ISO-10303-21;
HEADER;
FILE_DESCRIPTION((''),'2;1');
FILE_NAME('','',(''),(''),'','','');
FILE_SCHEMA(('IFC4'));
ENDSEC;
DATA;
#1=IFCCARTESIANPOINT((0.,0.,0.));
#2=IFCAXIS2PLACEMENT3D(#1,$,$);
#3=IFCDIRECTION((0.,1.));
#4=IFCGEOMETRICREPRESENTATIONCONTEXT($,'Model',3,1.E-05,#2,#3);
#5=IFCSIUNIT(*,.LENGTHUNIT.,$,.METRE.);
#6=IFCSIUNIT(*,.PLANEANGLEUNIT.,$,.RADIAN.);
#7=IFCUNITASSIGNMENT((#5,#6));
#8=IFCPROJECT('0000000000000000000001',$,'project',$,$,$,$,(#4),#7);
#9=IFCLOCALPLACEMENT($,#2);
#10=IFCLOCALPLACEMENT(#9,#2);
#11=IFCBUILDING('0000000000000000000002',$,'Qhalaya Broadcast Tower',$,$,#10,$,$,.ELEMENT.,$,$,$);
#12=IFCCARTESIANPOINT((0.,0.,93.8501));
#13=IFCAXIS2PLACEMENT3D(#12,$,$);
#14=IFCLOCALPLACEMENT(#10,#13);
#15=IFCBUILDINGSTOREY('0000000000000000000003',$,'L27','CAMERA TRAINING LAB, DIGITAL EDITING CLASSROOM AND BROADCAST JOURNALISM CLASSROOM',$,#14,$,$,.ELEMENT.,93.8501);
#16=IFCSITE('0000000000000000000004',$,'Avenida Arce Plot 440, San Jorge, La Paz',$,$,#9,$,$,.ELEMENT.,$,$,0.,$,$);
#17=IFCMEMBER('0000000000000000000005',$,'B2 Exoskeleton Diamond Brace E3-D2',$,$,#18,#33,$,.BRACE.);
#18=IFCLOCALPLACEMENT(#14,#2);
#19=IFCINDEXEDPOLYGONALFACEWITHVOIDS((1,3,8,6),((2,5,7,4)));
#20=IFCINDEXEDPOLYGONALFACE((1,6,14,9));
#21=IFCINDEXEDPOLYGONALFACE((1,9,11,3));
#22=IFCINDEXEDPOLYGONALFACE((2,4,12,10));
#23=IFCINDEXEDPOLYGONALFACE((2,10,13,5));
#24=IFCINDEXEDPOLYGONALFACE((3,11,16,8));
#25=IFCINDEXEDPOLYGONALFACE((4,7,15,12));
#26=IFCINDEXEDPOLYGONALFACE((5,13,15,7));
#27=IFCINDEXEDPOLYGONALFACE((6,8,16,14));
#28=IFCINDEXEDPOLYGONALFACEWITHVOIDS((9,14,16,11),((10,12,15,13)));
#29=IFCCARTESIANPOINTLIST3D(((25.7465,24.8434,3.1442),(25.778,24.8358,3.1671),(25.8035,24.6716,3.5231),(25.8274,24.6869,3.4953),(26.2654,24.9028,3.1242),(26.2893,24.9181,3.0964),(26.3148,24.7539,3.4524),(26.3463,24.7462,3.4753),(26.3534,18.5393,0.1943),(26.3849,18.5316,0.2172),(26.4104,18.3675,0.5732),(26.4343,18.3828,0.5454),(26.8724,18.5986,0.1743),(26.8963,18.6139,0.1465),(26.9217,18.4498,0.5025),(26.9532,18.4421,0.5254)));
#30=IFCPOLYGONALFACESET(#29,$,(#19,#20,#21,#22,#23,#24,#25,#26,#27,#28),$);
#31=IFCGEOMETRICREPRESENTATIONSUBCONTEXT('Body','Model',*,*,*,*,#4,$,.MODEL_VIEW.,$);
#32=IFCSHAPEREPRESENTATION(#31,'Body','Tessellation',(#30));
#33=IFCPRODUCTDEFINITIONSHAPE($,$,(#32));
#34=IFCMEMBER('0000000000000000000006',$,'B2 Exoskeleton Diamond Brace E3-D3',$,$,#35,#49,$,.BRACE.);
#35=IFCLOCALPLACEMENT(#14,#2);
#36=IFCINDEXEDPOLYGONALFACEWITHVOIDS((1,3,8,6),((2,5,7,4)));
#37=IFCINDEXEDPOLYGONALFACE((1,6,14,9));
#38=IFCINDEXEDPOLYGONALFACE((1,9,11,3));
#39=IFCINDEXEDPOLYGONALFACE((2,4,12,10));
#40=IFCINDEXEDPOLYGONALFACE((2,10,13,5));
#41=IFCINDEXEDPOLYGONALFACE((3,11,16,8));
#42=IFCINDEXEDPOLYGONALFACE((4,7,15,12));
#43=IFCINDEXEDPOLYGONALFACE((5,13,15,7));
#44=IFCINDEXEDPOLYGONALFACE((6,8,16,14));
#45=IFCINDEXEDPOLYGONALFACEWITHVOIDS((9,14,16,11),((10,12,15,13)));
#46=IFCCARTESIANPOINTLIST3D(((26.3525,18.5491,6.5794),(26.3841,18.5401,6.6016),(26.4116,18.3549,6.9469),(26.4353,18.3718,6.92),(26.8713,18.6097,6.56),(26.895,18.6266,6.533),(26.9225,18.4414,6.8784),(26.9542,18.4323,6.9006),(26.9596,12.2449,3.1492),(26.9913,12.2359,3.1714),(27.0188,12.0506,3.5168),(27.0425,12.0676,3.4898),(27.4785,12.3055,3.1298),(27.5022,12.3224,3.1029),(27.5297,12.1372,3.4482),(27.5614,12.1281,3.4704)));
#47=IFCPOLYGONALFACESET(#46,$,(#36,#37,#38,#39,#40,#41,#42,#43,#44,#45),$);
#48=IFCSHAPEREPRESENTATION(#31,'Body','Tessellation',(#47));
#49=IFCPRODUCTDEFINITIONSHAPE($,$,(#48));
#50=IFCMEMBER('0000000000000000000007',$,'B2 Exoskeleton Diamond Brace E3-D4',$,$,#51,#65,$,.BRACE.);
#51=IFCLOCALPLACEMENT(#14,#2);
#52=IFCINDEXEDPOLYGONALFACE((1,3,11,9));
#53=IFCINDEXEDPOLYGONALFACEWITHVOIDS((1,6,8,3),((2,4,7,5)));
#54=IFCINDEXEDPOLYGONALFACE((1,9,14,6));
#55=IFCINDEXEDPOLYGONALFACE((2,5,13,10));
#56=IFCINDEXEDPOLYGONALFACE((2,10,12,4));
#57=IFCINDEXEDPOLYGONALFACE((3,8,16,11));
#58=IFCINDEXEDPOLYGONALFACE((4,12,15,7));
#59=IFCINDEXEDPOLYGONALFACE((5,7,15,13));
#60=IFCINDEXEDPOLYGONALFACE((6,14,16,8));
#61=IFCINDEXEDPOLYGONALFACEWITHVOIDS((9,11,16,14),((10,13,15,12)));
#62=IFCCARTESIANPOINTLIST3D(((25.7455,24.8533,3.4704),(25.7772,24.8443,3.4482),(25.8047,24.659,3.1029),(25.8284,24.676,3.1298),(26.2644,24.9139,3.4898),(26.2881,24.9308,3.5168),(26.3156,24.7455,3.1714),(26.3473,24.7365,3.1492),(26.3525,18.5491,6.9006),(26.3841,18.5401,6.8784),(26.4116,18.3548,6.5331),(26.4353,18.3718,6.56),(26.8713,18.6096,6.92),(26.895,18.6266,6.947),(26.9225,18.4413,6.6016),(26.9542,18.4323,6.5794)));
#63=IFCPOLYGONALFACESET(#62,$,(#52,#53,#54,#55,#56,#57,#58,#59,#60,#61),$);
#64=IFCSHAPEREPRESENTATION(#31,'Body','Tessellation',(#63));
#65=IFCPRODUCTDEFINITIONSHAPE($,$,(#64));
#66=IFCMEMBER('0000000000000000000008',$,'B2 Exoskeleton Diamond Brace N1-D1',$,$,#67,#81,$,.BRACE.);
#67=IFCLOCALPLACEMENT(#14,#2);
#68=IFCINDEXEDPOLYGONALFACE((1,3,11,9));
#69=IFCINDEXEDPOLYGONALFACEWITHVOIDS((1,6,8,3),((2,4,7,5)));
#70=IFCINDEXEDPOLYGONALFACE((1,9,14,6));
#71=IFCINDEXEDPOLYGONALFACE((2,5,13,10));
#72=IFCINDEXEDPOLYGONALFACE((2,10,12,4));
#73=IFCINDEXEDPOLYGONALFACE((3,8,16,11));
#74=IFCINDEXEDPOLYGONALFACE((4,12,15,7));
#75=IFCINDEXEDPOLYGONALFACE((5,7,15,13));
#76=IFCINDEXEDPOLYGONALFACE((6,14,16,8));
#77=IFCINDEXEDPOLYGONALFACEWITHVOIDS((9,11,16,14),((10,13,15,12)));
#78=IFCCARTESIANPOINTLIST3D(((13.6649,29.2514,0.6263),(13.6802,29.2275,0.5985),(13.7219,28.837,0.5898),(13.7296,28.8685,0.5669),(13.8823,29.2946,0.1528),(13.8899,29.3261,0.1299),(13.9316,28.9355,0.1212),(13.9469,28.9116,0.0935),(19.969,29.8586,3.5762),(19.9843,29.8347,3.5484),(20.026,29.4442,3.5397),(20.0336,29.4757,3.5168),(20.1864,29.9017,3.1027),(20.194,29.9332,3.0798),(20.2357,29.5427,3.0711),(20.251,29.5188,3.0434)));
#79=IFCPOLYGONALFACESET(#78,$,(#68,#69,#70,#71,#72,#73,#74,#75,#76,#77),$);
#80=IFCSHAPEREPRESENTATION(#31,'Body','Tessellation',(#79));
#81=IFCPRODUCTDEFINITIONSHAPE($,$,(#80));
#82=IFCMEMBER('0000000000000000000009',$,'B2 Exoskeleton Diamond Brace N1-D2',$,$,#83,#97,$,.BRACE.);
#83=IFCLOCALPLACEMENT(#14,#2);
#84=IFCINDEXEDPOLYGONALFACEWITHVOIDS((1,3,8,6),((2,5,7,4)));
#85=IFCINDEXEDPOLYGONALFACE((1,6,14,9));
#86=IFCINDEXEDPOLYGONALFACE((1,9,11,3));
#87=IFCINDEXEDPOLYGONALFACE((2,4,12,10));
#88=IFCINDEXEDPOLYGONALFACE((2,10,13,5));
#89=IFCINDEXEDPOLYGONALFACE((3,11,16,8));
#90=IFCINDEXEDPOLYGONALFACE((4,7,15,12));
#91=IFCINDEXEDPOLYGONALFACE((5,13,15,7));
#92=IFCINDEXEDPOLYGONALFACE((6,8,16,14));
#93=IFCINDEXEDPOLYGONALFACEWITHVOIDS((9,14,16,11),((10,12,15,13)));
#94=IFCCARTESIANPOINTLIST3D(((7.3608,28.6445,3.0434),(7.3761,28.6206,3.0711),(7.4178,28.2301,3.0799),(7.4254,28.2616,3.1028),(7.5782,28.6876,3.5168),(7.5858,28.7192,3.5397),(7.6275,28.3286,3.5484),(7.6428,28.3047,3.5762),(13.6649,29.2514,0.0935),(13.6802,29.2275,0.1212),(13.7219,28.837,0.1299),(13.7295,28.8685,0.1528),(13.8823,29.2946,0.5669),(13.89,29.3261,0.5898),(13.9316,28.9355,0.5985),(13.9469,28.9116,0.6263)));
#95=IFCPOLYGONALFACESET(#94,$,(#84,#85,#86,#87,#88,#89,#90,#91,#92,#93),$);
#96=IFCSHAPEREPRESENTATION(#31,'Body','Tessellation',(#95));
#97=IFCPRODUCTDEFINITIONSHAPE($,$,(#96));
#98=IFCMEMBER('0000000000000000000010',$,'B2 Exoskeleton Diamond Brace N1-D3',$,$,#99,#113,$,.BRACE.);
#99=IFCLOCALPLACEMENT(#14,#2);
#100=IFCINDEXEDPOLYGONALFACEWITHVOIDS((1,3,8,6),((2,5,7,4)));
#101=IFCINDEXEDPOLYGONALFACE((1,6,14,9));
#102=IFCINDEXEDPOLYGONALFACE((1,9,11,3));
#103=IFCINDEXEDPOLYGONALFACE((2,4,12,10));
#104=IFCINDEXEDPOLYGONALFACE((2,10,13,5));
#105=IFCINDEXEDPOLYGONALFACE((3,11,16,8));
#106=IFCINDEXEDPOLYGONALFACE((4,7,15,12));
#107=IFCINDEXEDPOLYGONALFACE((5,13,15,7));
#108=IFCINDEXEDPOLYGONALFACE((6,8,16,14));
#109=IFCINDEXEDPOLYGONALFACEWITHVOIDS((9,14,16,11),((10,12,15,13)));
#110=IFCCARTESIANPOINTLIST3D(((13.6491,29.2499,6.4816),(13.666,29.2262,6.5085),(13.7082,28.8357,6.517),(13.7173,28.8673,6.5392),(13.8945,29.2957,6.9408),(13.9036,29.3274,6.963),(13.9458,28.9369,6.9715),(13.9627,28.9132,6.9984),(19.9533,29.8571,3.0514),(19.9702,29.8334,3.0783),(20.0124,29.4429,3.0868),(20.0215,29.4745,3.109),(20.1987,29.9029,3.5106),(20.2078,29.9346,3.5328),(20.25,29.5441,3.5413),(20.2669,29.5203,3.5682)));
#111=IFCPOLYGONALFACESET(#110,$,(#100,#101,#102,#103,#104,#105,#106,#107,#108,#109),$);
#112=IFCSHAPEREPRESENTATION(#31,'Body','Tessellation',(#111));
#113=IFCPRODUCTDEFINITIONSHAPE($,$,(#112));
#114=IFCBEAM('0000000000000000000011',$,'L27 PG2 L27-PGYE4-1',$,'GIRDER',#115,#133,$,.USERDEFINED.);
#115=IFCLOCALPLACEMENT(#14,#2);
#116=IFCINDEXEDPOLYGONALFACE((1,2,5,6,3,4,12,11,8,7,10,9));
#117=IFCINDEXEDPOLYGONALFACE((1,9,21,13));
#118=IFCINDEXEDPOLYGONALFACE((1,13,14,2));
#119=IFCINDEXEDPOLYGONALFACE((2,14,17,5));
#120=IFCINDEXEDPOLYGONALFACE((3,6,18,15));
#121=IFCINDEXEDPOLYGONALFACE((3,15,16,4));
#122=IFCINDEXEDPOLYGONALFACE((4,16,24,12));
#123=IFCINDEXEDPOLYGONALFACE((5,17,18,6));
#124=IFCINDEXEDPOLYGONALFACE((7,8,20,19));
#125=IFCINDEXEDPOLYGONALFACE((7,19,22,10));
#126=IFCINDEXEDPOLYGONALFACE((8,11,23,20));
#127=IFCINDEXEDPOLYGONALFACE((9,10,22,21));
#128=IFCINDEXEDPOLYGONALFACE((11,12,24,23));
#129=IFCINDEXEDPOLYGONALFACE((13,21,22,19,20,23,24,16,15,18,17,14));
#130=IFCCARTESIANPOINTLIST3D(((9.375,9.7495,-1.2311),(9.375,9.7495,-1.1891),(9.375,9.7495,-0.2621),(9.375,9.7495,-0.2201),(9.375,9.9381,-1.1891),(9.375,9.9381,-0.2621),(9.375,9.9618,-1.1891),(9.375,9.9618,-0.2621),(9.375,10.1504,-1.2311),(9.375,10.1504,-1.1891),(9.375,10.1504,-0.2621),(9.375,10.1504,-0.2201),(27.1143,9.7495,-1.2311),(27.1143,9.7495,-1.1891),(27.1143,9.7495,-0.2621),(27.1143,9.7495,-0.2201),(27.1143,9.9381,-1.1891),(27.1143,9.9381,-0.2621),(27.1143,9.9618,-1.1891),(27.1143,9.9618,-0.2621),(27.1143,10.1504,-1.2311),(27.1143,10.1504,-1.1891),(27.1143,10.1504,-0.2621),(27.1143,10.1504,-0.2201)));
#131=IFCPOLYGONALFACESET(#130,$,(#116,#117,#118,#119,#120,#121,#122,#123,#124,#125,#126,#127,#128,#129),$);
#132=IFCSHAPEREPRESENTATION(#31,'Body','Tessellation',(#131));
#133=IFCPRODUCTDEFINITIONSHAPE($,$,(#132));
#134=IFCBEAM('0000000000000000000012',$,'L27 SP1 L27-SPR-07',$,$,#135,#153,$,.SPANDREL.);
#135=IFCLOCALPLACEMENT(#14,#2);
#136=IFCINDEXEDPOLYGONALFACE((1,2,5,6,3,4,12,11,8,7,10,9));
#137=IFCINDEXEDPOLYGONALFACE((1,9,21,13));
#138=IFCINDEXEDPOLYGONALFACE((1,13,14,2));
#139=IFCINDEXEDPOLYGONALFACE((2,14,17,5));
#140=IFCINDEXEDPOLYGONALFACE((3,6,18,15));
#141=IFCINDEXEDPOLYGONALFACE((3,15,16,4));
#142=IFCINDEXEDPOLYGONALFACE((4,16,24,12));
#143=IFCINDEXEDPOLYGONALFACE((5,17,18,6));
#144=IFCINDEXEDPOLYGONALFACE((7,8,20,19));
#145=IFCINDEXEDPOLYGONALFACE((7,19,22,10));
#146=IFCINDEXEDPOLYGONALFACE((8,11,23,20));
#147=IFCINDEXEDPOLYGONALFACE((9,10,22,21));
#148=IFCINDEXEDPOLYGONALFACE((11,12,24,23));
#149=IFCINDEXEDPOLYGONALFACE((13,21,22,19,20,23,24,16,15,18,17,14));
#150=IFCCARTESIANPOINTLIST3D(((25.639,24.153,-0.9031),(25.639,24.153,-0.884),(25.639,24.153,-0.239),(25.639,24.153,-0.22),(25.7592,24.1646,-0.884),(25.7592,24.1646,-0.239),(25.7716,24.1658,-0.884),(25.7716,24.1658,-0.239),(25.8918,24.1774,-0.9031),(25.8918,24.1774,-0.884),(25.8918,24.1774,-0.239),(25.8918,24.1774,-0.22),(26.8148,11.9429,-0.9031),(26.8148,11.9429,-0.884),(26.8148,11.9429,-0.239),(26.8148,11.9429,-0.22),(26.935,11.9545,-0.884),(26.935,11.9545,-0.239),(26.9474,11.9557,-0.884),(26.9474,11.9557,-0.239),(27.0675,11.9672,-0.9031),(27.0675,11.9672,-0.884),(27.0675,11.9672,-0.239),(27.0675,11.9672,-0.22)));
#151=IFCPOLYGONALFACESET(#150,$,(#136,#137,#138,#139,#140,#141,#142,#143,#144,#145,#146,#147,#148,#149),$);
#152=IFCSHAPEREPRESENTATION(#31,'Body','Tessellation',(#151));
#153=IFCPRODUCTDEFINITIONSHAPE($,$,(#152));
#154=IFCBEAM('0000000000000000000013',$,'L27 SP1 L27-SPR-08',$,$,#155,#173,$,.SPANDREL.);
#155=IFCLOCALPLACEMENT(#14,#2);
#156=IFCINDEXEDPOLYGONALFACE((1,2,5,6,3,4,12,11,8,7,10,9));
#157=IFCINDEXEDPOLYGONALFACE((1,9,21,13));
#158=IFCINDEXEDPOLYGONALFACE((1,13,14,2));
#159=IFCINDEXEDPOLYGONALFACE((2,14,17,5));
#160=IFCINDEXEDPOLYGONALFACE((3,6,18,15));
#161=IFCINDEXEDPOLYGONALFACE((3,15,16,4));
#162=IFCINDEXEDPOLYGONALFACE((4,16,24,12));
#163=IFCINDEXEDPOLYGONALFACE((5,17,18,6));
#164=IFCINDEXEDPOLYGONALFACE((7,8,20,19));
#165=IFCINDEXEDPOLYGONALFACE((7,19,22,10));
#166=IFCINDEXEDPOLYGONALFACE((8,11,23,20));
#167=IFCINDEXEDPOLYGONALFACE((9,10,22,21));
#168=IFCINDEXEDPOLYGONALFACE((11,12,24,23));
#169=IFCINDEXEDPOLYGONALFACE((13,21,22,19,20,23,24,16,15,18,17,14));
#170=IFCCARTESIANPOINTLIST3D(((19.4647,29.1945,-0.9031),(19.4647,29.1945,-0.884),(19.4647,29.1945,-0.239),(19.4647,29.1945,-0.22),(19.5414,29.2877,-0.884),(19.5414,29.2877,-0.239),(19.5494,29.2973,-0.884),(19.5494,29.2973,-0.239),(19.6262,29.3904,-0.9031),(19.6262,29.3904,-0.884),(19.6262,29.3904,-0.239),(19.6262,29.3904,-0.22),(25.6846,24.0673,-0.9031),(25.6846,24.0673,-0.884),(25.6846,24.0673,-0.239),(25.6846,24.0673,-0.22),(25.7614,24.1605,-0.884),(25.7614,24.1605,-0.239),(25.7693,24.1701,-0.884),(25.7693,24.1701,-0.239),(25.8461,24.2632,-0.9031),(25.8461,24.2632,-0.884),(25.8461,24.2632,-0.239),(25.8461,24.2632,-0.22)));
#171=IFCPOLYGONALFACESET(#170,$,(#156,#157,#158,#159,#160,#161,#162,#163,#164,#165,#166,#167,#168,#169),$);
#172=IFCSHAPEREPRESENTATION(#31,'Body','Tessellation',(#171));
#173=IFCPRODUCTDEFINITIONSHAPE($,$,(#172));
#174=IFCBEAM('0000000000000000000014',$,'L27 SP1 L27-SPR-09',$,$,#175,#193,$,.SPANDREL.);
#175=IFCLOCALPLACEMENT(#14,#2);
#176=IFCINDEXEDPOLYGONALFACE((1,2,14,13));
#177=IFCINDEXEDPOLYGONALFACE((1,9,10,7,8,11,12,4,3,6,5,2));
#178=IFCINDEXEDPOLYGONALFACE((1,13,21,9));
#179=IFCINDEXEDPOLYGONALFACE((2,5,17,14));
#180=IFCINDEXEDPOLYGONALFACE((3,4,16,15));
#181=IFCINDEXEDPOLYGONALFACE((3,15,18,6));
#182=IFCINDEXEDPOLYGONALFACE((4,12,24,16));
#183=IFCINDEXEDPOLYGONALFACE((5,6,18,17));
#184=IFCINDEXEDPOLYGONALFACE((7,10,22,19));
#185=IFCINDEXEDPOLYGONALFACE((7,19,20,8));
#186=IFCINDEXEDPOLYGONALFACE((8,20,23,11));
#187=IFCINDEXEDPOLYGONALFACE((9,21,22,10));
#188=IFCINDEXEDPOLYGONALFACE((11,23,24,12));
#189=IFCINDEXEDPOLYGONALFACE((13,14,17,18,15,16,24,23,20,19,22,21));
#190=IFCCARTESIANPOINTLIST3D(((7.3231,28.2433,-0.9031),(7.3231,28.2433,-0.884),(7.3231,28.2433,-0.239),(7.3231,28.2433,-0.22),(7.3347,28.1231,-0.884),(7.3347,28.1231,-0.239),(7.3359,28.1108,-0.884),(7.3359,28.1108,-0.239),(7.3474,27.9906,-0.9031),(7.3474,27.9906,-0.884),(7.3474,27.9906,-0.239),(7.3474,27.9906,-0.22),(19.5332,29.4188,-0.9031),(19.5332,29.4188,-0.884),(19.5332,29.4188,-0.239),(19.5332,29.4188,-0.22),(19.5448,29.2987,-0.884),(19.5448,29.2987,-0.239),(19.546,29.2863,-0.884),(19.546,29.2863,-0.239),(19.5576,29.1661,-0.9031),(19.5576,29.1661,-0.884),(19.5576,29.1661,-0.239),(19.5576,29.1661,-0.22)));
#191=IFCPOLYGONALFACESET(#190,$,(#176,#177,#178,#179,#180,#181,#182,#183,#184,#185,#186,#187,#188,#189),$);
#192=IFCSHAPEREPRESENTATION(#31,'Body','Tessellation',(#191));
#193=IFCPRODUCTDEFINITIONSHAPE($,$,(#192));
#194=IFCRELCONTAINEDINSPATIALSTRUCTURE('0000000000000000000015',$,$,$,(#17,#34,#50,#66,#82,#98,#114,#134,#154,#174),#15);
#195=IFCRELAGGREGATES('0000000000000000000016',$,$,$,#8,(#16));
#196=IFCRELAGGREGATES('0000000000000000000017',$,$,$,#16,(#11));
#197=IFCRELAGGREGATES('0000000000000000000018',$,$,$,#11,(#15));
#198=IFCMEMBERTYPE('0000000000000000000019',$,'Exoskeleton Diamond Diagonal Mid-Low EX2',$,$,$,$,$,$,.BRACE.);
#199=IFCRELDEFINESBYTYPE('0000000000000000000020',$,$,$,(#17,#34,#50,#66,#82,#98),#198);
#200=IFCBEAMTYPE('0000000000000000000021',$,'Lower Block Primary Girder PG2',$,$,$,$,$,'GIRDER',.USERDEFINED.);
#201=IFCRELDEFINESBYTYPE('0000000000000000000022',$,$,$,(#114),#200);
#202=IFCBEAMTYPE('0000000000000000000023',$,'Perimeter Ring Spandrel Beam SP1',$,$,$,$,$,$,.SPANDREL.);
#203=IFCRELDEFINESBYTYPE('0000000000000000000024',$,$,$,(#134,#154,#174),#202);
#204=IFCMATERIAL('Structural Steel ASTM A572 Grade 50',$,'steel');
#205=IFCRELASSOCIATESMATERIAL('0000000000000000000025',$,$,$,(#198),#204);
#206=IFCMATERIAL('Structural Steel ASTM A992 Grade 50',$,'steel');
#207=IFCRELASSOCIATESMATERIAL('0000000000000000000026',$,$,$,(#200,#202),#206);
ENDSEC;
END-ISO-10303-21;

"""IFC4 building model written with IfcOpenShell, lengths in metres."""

from ifc_helpers import new_model, si_unit, direction, frame, origin, origin_2d, place, context, subcontext, project, spatial, hollow_rectangle, i_section, extrude, material, material_profile, profile_set, type_object, element, save


model = new_model("IFC4")

# Units and contexts
model_context = context("Model", 3, precision=1e-05, world=origin(), true_north=direction((0.0, 1.0)))
body_context = subcontext(model_context, "Body", "Model", "MODEL_VIEW")
ifc_project = project(units=[si_unit("LENGTHUNIT", "METRE"), si_unit("PLANEANGLEUNIT", "RADIAN")], contexts=[model_context])

# Site, building, storey
site_placement = place(None, origin())
site = spatial("IfcSite", under=ifc_project, at=site_placement, Name="Avenida Arce Plot 440, San Jorge, La Paz", CompositionType="ELEMENT", RefElevation=0.0)
building_placement = place(site_placement, origin())
building = spatial("IfcBuilding", under=site, at=building_placement, Name="Qhalaya Broadcast Tower", CompositionType="ELEMENT")
storey_placement = place(building_placement, frame((0.0, 0.0, 93.8501)))
storey = spatial("IfcBuildingStorey", under=building, at=storey_placement, Name="L27", Description="CAMERA TRAINING LAB, DIGITAL EDITING CLASSROOM AND BROADCAST JOURNALISM CLASSROOM", CompositionType="ELEMENT", Elevation=93.8501)

# Shared definitions
ifc_material_1 = material(Name="Structural Steel ASTM A992 Grade 50", Category="steel")
ifc_material_2 = material(Name="Structural Steel ASTM A572 Grade 50", Category="steel")

# Members
ifc_material_profile_1 = material_profile(ifc_material_2, hollow_rectangle(XDim=0.4199, YDim=0.55, WallThickness=0.0281, at=origin_2d()), Name="BOX 420x550x28")
ifc_profile_set_1 = profile_set([ifc_material_profile_1], Name="Structural Steel ASTM A572 Grade 50")
member_type = type_object("IfcMemberType", Name="Exoskeleton Diamond Diagonal Mid-Low EX2", PredefinedType="BRACE", material=ifc_profile_set_1)
for number, where, z_axis, x_axis, name in (
    (1, (26.6533, 18.4907, 0.3599), (-0.08687, 0.902319, 0.422226), (0.135681, -0.409163, 0.902317), "B2 Exoskeleton Diamond Brace E3-D2"),
):
    element("IfcMember", number, at=place(storey_placement, frame(where, z_axis=z_axis, x_axis=x_axis)), inside=storey, type_object=member_type, Name=name, PredefinedType="BRACE", context=body_context, shape_type="SweptSolid", body=[
        extrude(hollow_rectangle(XDim=0.4199, YDim=0.55, WallThickness=0.0281, at=origin_2d()), origin(), (0.0, 0.0, 1.0), 6.9866),
    ])
for number, where, z_axis, x_axis, name in (
    (2, (27.2605, 12.1865, 3.3098), (-0.0843, 0.875265, 0.47624), (0.140851, -0.462675, 0.875267), "B2 Exoskeleton Diamond Brace E3-D3"),
    (3, (26.0464, 24.7949, 3.3098), (0.084266, -0.875268, 0.476242), (-0.140833, 0.462682, 0.875266), "B2 Exoskeleton Diamond Brace E3-D4"),
):
    element("IfcMember", number, at=place(storey_placement, frame(where, z_axis=z_axis, x_axis=x_axis)), inside=storey, type_object=member_type, Name=name, PredefinedType="BRACE", context=body_context, shape_type="SweptSolid", body=[
        extrude(hollow_rectangle(XDim=0.4199, YDim=0.55, WallThickness=0.0281, at=origin_2d()), origin(), (0.0, 0.0, 1.0), 7.2026),
    ])
for number, where, z_axis, x_axis, name in (
    (4, (13.8059, 29.0815, 0.3599), (0.902316, 0.086905, 0.422225), (-0.13571, 0.986932, 0.086883), "B2 Exoskeleton Diamond Brace N1-D1"),
    (5, (13.8059, 29.0815, 0.3599), (-0.902319, -0.08687, 0.422226), (0.135673, -0.986937, 0.086883), "B2 Exoskeleton Diamond Brace N1-D2"),
):
    element("IfcMember", number, at=place(storey_placement, frame(where, z_axis=z_axis, x_axis=x_axis)), inside=storey, type_object=member_type, Name=name, PredefinedType="BRACE", context=body_context, shape_type="SweptSolid", body=[
        extrude(hollow_rectangle(XDim=0.4199, YDim=0.55, WallThickness=0.0281, at=origin_2d()), origin(), (0.0, 0.0, 1.0), 6.9866),
    ])
member_1_placement = place(storey_placement, frame((20.1101, 29.6887, 3.3098), z_axis=(-0.875265, -0.0843, 0.47624), x_axis=(0.140864, -0.986435, 0.084279)))
element("IfcMember", 6, at=member_1_placement, inside=storey, type_object=member_type, Name="B2 Exoskeleton Diamond Brace N1-D3", PredefinedType="BRACE", context=body_context, shape_type="SweptSolid", body=[
    extrude(hollow_rectangle(XDim=0.4199, YDim=0.55, WallThickness=0.0281, at=origin_2d()), origin(), (0.0, 0.0, 1.0), 7.2026),
])

# Beams
ifc_material_profile_2 = material_profile(ifc_material_1, i_section(OverallWidth=0.4009, OverallDepth=1.011, WebThickness=0.0237, FlangeThickness=0.042, at=origin_2d()), Name="W40X297")
ifc_profile_set_2 = profile_set([ifc_material_profile_2], Name="Structural Steel ASTM A992 Grade 50")
beam_type_1 = type_object("IfcBeamType", Name="Lower Block Primary Girder PG2", ElementType="GIRDER", PredefinedType="USERDEFINED", material=ifc_profile_set_2)
beam_1_placement = place(storey_placement, frame((9.375, 9.95, -0.7256), z_axis=(1.0, 0.0, 0.0), x_axis=(0.0, 1.0, 0.0)))
element("IfcBeam", 7, at=beam_1_placement, inside=storey, type_object=beam_type_1, Name="L27 PG2 L27-PGYE4-1", ObjectType="GIRDER", PredefinedType="USERDEFINED", context=body_context, shape_type="SweptSolid", body=[
    extrude(i_section(OverallWidth=0.4009, OverallDepth=1.011, WebThickness=0.0237, FlangeThickness=0.042, at=origin_2d()), origin(), (0.0, 0.0, 1.0), 17.7393),
])
ifc_material_profile_3 = material_profile(ifc_material_1, i_section(OverallWidth=0.2539, OverallDepth=0.6831, WebThickness=0.0125, FlangeThickness=0.019, at=origin_2d()), Name="W27X94")
ifc_profile_set_3 = profile_set([ifc_material_profile_3], Name="Structural Steel ASTM A992 Grade 50")
beam_type_2 = type_object("IfcBeamType", Name="Perimeter Ring Spandrel Beam SP1", PredefinedType="SPANDREL", material=ifc_profile_set_3)
beam_2_placement = place(storey_placement, frame((26.9412, 11.9551, -0.5615), z_axis=(-0.095852, 0.995396, 0.0), x_axis=(-0.995396, -0.095852, 0.0)))
element("IfcBeam", 8, at=beam_2_placement, inside=storey, type_object=beam_type_2, Name="L27 SP1 L27-SPR-07", PredefinedType="SPANDREL", context=body_context, shape_type="SweptSolid", body=[
    extrude(i_section(OverallWidth=0.2539, OverallDepth=0.6831, WebThickness=0.0125, FlangeThickness=0.019, at=origin_2d()), origin(), (0.0, 0.0, 1.0), 12.2666),
])
beam_3_placement = place(storey_placement, frame((25.7654, 24.1653, -0.5615), z_axis=(-0.771634, 0.636067, 0.0), x_axis=(-0.636067, -0.771634, 0.0)))
element("IfcBeam", 9, at=beam_3_placement, inside=storey, type_object=beam_type_2, Name="L27 SP1 L27-SPR-08", PredefinedType="SPANDREL", context=body_context, shape_type="SweptSolid", body=[
    extrude(i_section(OverallWidth=0.2539, OverallDepth=0.6831, WebThickness=0.0125, FlangeThickness=0.019, at=origin_2d()), origin(), (0.0, 0.0, 1.0), 8.0608),
])
beam_4_placement = place(storey_placement, frame((19.5454, 29.2925, -0.5615), z_axis=(-0.995398, -0.095832, 0.0), x_axis=(0.095832, -0.995398, 0.0)))
element("IfcBeam", 10, at=beam_4_placement, inside=storey, type_object=beam_type_2, Name="L27 SP1 L27-SPR-09", PredefinedType="SPANDREL", context=body_context, shape_type="SweptSolid", body=[
    extrude(i_section(OverallWidth=0.2539, OverallDepth=0.6831, WebThickness=0.0125, FlangeThickness=0.019, at=origin_2d()), origin(), (0.0, 0.0, 1.0), 12.2666),
])

save(model, "model.ifc")
